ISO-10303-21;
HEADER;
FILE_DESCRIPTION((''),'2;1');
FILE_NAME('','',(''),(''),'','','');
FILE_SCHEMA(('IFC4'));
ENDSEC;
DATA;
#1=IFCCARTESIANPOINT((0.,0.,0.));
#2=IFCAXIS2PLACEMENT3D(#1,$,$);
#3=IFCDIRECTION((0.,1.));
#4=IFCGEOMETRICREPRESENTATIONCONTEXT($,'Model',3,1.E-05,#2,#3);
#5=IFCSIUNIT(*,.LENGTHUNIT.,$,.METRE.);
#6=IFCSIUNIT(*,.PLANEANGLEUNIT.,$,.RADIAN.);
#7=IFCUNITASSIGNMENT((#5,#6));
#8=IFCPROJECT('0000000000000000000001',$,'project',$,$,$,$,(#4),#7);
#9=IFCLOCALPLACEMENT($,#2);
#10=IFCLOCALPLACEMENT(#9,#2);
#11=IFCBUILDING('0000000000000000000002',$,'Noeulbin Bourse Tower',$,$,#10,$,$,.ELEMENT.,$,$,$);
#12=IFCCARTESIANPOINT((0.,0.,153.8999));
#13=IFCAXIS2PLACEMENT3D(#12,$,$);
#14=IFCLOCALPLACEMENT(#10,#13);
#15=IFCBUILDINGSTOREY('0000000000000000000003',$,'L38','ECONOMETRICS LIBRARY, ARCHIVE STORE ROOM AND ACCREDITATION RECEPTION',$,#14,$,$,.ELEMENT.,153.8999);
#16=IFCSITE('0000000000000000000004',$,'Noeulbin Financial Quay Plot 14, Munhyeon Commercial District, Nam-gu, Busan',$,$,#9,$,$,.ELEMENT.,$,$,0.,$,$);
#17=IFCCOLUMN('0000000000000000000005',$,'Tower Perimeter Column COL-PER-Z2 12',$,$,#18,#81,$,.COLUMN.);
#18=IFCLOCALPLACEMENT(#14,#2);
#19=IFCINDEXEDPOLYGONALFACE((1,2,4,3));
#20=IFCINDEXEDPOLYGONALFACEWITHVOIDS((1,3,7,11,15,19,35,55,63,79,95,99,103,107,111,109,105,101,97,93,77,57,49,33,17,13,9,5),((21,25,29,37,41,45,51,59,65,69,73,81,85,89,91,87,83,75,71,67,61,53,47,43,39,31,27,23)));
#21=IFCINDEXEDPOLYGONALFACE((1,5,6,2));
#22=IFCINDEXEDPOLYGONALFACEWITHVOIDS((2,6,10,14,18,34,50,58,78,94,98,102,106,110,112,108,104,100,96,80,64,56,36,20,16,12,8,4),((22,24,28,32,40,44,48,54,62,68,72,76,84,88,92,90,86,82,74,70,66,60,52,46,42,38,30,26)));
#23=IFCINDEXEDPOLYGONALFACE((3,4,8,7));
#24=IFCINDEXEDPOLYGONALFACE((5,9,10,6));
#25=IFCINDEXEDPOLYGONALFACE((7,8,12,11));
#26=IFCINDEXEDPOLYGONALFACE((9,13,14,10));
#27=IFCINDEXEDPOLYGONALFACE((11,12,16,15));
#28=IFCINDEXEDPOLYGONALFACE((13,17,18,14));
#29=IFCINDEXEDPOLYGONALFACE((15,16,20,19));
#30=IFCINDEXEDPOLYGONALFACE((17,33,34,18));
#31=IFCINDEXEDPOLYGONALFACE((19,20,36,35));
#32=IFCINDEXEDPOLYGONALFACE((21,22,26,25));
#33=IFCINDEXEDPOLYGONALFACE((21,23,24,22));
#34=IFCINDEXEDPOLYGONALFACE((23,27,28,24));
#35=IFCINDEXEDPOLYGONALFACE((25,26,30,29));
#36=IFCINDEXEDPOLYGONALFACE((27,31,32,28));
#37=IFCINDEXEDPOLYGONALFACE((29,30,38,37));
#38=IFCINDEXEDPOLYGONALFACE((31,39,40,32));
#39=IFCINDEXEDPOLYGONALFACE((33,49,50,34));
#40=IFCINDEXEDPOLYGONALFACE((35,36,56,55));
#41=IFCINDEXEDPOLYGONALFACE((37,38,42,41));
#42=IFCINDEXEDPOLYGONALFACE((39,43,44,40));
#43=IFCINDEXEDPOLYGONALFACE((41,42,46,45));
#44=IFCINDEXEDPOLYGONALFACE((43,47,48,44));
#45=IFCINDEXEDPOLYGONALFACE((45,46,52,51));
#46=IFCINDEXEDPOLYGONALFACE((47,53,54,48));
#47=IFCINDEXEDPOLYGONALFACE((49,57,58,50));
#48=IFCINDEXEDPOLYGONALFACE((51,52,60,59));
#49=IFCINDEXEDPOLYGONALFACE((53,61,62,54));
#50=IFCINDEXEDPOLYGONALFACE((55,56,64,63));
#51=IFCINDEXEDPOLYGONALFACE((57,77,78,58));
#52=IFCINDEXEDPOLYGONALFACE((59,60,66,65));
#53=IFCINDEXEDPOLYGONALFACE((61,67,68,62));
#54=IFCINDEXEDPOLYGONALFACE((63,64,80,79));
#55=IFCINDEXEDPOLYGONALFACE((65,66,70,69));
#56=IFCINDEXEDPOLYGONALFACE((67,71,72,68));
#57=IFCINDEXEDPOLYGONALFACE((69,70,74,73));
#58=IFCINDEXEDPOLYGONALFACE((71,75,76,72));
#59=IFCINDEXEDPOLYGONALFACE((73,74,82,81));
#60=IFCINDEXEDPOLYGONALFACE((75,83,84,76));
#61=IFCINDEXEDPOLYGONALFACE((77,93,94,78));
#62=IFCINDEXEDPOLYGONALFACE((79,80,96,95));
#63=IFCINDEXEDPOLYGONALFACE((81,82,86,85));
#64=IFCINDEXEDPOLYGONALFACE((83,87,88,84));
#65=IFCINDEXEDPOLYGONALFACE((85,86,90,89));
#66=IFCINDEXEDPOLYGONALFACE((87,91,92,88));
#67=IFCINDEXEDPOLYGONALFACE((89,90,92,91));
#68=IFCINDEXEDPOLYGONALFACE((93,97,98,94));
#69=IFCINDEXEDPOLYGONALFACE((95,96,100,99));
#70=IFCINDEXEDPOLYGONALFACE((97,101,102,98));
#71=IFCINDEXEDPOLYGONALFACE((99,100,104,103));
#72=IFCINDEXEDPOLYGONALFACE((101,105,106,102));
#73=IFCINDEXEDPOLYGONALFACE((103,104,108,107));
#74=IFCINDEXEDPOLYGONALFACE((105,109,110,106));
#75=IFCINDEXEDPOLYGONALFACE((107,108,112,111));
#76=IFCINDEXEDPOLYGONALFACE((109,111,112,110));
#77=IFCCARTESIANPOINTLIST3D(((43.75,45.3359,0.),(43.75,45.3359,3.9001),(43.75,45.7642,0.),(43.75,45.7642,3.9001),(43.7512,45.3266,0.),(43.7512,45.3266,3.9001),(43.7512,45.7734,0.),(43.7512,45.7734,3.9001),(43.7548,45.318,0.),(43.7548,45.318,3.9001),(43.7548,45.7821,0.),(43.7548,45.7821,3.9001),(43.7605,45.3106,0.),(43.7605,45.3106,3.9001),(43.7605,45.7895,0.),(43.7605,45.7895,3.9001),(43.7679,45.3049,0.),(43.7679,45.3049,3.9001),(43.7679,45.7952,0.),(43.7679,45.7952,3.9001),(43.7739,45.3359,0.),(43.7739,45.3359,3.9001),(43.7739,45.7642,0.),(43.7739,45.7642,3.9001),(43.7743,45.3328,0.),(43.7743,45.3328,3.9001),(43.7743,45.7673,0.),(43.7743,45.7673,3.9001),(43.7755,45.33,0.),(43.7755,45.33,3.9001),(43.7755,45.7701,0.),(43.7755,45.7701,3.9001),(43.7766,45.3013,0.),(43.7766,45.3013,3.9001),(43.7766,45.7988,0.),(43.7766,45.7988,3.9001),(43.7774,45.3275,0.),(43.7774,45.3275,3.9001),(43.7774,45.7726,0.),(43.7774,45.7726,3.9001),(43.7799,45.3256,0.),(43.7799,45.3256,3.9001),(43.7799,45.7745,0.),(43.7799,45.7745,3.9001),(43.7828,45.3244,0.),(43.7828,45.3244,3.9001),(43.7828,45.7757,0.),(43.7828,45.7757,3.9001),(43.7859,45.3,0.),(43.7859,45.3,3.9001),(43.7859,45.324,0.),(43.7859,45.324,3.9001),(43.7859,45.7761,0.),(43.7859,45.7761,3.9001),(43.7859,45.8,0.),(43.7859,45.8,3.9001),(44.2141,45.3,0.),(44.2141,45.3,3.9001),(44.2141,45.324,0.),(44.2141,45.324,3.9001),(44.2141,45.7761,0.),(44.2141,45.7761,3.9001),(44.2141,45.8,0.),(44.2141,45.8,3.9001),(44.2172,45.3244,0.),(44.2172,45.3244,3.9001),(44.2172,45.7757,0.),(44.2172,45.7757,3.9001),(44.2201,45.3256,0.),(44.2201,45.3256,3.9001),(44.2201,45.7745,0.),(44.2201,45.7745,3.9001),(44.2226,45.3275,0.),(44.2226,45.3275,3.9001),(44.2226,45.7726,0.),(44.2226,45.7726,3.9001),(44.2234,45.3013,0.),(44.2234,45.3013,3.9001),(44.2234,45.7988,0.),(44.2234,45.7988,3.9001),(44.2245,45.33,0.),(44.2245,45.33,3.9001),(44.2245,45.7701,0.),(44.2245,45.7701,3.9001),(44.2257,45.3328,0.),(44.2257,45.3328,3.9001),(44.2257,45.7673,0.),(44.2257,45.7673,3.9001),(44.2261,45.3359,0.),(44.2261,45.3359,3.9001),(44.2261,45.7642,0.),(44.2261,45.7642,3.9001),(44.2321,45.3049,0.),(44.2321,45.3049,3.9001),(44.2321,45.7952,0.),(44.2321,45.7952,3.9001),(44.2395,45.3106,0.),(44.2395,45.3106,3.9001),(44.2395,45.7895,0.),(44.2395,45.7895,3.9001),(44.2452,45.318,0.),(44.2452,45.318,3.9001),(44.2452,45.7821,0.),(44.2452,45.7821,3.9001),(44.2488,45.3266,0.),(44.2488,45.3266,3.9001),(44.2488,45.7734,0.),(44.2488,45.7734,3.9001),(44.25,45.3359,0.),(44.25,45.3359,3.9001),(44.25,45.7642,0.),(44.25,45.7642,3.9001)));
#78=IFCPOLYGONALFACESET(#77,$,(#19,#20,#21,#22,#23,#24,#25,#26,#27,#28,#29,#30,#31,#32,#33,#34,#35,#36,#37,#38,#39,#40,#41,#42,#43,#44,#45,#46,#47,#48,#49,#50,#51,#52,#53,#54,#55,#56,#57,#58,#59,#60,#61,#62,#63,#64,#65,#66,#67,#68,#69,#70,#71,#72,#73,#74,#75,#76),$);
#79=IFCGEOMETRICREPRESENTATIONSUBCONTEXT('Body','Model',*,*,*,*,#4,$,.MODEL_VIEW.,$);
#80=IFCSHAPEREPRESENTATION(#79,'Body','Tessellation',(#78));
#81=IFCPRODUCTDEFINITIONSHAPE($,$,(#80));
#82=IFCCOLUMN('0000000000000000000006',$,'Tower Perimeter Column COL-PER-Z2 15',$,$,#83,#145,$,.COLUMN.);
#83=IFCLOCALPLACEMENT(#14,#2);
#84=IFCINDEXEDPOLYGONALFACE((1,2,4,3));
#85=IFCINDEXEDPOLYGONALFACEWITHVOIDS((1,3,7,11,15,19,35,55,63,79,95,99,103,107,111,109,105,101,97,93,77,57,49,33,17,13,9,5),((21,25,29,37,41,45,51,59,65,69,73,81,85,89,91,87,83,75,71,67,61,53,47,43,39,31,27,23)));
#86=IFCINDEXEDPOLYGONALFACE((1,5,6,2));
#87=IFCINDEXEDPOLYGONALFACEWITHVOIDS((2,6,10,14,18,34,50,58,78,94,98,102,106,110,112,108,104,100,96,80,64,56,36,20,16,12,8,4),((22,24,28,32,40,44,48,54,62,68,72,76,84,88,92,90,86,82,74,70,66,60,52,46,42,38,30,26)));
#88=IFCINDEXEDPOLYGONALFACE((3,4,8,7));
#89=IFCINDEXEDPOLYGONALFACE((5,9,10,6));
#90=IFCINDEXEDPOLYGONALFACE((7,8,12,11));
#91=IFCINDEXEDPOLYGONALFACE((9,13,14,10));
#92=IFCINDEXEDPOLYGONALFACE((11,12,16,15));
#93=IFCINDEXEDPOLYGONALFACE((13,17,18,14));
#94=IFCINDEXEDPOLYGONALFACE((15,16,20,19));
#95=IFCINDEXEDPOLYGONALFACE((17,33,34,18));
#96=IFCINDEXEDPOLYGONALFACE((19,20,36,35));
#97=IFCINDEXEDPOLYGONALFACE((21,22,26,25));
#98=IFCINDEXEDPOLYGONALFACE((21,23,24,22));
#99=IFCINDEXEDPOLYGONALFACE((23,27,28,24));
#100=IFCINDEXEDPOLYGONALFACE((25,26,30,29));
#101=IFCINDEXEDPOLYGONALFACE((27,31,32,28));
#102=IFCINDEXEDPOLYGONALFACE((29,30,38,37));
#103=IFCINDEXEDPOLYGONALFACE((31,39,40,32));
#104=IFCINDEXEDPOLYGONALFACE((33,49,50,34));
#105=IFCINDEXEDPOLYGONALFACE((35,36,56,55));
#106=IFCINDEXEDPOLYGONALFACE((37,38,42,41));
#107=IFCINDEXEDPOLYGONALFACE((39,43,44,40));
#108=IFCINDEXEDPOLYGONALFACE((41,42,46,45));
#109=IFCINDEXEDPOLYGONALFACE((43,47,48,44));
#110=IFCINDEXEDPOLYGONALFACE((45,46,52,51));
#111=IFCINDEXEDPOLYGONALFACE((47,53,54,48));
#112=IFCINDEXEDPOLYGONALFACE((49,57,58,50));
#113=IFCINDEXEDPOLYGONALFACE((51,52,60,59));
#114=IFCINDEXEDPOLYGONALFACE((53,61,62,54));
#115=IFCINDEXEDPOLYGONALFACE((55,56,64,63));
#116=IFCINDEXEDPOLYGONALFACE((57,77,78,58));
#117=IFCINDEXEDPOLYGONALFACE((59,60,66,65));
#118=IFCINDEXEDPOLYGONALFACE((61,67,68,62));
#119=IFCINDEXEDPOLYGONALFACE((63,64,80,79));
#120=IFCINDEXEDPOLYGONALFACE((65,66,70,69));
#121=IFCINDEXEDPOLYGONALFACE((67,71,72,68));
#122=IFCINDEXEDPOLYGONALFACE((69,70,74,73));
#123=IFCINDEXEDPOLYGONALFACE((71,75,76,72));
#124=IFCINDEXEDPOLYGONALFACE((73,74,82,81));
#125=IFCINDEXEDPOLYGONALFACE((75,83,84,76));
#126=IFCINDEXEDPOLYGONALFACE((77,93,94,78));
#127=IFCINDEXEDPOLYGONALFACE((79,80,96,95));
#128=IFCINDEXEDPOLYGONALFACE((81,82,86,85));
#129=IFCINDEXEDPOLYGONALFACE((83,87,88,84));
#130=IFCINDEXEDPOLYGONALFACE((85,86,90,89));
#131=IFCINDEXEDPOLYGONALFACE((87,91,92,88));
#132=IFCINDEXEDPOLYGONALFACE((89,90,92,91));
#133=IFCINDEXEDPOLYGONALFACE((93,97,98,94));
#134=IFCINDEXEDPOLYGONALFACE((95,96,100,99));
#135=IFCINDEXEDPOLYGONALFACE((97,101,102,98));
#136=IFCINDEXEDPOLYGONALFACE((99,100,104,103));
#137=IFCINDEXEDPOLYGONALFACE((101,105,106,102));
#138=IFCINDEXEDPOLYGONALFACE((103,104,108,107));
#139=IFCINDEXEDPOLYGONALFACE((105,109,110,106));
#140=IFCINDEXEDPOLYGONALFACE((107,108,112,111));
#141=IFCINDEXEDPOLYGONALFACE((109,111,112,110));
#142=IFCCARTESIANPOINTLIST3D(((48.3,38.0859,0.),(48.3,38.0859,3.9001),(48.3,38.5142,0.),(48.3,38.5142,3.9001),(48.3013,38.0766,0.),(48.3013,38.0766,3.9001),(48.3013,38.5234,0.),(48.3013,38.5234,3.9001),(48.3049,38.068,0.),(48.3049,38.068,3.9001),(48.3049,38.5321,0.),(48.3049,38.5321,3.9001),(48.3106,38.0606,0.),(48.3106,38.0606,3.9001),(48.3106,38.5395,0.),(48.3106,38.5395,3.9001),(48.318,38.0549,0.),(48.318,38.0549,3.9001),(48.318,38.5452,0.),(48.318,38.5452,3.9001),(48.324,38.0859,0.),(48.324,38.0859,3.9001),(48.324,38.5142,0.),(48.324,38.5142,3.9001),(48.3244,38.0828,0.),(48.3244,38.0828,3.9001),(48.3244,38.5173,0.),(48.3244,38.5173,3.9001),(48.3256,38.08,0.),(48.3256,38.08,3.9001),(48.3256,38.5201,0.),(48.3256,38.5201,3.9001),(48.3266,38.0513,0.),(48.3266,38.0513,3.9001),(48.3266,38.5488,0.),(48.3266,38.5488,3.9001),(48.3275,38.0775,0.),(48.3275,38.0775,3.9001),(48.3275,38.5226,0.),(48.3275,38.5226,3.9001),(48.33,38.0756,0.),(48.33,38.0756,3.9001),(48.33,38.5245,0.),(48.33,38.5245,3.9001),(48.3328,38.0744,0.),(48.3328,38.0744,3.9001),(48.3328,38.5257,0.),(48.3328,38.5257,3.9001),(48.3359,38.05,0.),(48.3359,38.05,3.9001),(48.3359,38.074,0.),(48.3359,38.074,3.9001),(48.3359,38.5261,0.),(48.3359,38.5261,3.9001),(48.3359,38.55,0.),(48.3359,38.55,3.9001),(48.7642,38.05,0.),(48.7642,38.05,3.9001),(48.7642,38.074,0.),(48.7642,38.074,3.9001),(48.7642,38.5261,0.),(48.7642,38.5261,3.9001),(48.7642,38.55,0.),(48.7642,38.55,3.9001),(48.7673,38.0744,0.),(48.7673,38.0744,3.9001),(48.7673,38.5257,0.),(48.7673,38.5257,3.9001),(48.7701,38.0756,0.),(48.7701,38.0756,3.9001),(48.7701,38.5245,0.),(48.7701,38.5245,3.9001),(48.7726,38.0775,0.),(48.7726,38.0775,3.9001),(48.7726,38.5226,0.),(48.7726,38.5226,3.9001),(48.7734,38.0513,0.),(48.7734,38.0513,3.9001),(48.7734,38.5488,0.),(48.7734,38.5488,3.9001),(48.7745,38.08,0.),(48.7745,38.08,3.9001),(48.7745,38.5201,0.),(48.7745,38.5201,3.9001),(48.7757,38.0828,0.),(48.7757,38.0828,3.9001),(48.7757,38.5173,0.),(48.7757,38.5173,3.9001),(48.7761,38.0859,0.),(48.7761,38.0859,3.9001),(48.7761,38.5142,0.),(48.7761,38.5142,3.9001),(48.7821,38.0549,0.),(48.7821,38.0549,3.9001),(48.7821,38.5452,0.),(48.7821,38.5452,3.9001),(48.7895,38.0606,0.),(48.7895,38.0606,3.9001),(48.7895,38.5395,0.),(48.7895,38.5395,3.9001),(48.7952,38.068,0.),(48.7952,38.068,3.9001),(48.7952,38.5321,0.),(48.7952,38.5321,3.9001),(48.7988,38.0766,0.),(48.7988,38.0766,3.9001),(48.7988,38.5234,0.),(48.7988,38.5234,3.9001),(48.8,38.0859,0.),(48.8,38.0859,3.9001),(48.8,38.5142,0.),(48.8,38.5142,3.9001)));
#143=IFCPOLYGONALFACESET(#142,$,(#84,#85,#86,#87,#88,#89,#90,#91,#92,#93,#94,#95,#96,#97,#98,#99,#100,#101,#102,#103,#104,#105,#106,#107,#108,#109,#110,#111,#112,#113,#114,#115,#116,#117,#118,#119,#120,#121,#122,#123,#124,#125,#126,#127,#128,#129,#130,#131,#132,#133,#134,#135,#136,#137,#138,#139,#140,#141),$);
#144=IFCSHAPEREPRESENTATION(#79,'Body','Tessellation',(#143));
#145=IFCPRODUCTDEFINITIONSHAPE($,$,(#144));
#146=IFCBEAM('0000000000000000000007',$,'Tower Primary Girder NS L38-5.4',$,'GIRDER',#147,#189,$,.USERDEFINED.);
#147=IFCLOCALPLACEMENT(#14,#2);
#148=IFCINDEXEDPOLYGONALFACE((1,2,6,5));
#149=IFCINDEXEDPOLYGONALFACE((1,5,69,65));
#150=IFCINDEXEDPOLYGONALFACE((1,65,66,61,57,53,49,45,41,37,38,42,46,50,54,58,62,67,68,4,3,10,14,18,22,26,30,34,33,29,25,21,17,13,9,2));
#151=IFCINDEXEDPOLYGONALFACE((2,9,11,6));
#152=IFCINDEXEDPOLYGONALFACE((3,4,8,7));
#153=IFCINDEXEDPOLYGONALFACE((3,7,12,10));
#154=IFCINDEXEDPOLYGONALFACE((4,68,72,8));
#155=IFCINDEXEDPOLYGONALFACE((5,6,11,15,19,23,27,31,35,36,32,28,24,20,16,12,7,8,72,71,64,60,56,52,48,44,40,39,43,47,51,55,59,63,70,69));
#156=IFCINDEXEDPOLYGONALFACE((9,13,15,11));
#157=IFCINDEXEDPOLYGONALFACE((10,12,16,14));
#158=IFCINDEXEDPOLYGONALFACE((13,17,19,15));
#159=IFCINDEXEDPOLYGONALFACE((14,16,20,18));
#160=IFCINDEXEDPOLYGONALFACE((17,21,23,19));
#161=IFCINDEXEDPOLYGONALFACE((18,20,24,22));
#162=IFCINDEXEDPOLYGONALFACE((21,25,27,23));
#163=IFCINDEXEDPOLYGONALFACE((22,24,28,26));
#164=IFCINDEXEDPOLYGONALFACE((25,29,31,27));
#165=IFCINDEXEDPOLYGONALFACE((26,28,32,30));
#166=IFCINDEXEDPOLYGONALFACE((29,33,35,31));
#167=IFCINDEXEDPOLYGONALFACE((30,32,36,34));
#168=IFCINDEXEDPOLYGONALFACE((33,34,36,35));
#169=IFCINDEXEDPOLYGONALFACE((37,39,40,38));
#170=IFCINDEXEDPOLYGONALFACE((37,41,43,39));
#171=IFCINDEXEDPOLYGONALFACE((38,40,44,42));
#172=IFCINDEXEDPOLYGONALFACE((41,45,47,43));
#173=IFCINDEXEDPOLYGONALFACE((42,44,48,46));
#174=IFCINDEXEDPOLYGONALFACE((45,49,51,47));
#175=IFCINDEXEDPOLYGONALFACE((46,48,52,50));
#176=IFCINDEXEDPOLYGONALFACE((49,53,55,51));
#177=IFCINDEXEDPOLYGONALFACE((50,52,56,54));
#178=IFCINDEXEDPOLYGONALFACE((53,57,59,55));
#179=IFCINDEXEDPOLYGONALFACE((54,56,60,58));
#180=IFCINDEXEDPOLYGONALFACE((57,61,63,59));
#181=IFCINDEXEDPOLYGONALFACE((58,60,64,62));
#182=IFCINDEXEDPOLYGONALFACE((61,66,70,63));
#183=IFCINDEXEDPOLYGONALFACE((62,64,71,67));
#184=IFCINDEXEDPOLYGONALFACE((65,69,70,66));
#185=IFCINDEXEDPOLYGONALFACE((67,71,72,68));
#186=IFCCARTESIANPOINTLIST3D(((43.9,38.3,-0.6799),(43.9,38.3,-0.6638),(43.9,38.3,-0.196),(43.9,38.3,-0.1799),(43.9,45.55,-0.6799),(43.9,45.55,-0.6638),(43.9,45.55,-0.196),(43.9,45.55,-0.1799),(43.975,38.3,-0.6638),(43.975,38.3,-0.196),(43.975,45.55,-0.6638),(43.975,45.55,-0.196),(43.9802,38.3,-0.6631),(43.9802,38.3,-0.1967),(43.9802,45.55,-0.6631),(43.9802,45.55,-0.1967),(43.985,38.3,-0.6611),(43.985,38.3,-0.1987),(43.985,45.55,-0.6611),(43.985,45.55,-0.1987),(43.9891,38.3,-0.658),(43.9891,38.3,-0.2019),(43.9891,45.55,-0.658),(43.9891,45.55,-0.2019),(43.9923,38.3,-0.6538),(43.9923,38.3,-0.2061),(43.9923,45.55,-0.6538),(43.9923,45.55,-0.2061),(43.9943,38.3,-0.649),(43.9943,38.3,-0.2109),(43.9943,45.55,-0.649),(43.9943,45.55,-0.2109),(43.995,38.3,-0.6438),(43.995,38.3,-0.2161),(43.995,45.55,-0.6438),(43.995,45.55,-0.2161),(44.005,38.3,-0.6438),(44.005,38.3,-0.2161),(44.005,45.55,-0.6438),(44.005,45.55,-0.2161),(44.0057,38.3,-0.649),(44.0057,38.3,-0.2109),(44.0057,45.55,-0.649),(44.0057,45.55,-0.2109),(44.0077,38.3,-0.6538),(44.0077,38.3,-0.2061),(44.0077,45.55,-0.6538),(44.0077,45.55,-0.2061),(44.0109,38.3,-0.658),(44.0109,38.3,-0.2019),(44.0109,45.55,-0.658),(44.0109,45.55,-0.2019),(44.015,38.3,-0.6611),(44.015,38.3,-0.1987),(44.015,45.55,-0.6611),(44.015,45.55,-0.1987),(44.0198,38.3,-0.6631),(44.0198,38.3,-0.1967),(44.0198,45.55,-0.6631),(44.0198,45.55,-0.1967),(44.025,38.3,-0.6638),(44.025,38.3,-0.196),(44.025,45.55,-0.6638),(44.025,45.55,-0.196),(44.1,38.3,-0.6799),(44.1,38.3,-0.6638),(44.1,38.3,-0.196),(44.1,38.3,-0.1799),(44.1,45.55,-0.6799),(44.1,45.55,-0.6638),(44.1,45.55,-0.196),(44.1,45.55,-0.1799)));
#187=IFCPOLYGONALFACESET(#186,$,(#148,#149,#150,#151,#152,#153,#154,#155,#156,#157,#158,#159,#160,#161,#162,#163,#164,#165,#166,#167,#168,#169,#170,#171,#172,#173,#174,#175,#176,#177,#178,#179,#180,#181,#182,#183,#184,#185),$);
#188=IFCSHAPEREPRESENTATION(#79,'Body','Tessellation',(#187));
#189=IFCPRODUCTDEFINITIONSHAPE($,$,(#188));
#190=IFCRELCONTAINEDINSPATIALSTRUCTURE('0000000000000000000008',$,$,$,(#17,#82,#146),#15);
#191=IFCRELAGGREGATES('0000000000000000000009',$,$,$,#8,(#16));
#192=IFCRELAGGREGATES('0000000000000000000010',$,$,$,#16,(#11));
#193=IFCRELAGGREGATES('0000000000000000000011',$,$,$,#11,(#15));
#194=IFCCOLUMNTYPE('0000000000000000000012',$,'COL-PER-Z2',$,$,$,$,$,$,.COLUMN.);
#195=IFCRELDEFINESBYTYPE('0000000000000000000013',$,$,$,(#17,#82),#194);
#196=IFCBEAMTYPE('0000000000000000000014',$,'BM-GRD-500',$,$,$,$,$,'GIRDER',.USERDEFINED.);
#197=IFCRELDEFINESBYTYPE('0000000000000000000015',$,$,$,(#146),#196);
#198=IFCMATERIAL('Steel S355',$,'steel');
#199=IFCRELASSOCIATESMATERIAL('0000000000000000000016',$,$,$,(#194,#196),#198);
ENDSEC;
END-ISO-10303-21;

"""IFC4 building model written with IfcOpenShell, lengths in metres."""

from ifc_helpers import new_model, si_unit, direction, frame, origin, origin_2d, place, context, subcontext, project, spatial, hollow_rectangle, i_section, extrude, material, material_profile, profile_set, type_object, element, save


model = new_model("IFC4")

# Units and contexts
model_context = context("Model", 3, precision=1e-05, world=origin(), true_north=direction((0.0, 1.0)))
body_context = subcontext(model_context, "Body", "Model", "MODEL_VIEW")
ifc_project = project(units=[si_unit("LENGTHUNIT", "METRE"), si_unit("PLANEANGLEUNIT", "RADIAN")], contexts=[model_context])

# Site, building, storey
site_placement = place(None, origin())
site = spatial("IfcSite", under=ifc_project, at=site_placement, Name="Noeulbin Financial Quay Plot 14, Munhyeon Commercial District, Nam-gu, Busan", CompositionType="ELEMENT", RefElevation=0.0)
building_placement = place(site_placement, origin())
building = spatial("IfcBuilding", under=site, at=building_placement, Name="Noeulbin Bourse Tower", CompositionType="ELEMENT")
storey_placement = place(building_placement, frame((0.0, 0.0, 153.8999)))
storey = spatial("IfcBuildingStorey", under=building, at=storey_placement, Name="L38", Description="ECONOMETRICS LIBRARY, ARCHIVE STORE ROOM AND ACCREDITATION RECEPTION", CompositionType="ELEMENT", Elevation=153.8999)

# Columns
ifc_material_1 = material(Name="Steel S355", Category="steel")
ifc_material_profile_1 = material_profile(ifc_material_1, hollow_rectangle(XDim=0.5, YDim=0.5, WallThickness=0.0239, InnerFilletRadius=0.012, OuterFilletRadius=0.0359, at=origin_2d()), Name="BOX-500x500x24", Category="LoadBearing")
ifc_profile_set_1 = profile_set([ifc_material_profile_1], Name="Steel S355")
column_type = type_object("IfcColumnType", Name="COL-PER-Z2", PredefinedType="COLUMN", material=ifc_profile_set_1)
for number, where, z_axis, x_axis, name in (
    (1, (44.0, 45.55, 0.0), (0.0, 0.0, 1.0), (1.0, 0.0, 0.0), "Tower Perimeter Column COL-PER-Z2 12"),
    (2, (48.55, 38.3, 0.0), (0.0, 0.0, 1.0), (1.0, 0.0, 0.0), "Tower Perimeter Column COL-PER-Z2 15"),
):
    element("IfcColumn", number, at=place(storey_placement, frame(where, z_axis=z_axis, x_axis=x_axis)), inside=storey, type_object=column_type, Name=name, PredefinedType="COLUMN", context=body_context, shape_type="SweptSolid", body=[
        extrude(hollow_rectangle(XDim=0.5, YDim=0.5, WallThickness=0.0239, InnerFilletRadius=0.012, OuterFilletRadius=0.0359, at=origin_2d()), origin(), (0.0, 0.0, 1.0), 3.9001),
    ])

# Beam
ifc_material_profile_2 = material_profile(ifc_material_1, i_section(OverallWidth=0.2, OverallDepth=0.5, WebThickness=0.01, FlangeThickness=0.0161, FilletRadius=0.02, at=origin_2d()), Name="H-500x200x10x16", Category="LoadBearing")
ifc_profile_set_2 = profile_set([ifc_material_profile_2], Name="Steel S355")
beam_type_1 = type_object("IfcBeamType", Name="BM-GRD-500", ElementType="GIRDER", PredefinedType="USERDEFINED", material=ifc_profile_set_2)
beam_1_placement = place(storey_placement, frame((44.0, 38.3, -0.4299), z_axis=(0.0, 1.0, 0.0), x_axis=(-1.0, 0.0, 0.0)))
element("IfcBeam", 3, at=beam_1_placement, inside=storey, type_object=beam_type_1, Name="Tower Primary Girder NS L38-5.4", ObjectType="GIRDER", PredefinedType="USERDEFINED", context=body_context, shape_type="SweptSolid", body=[
    extrude(i_section(OverallWidth=0.2, OverallDepth=0.5, WebThickness=0.01, FlangeThickness=0.0161, FilletRadius=0.02, at=origin_2d()), origin(), (0.0, 0.0, 1.0), 7.25),
])

save(model, "model.ifc")
